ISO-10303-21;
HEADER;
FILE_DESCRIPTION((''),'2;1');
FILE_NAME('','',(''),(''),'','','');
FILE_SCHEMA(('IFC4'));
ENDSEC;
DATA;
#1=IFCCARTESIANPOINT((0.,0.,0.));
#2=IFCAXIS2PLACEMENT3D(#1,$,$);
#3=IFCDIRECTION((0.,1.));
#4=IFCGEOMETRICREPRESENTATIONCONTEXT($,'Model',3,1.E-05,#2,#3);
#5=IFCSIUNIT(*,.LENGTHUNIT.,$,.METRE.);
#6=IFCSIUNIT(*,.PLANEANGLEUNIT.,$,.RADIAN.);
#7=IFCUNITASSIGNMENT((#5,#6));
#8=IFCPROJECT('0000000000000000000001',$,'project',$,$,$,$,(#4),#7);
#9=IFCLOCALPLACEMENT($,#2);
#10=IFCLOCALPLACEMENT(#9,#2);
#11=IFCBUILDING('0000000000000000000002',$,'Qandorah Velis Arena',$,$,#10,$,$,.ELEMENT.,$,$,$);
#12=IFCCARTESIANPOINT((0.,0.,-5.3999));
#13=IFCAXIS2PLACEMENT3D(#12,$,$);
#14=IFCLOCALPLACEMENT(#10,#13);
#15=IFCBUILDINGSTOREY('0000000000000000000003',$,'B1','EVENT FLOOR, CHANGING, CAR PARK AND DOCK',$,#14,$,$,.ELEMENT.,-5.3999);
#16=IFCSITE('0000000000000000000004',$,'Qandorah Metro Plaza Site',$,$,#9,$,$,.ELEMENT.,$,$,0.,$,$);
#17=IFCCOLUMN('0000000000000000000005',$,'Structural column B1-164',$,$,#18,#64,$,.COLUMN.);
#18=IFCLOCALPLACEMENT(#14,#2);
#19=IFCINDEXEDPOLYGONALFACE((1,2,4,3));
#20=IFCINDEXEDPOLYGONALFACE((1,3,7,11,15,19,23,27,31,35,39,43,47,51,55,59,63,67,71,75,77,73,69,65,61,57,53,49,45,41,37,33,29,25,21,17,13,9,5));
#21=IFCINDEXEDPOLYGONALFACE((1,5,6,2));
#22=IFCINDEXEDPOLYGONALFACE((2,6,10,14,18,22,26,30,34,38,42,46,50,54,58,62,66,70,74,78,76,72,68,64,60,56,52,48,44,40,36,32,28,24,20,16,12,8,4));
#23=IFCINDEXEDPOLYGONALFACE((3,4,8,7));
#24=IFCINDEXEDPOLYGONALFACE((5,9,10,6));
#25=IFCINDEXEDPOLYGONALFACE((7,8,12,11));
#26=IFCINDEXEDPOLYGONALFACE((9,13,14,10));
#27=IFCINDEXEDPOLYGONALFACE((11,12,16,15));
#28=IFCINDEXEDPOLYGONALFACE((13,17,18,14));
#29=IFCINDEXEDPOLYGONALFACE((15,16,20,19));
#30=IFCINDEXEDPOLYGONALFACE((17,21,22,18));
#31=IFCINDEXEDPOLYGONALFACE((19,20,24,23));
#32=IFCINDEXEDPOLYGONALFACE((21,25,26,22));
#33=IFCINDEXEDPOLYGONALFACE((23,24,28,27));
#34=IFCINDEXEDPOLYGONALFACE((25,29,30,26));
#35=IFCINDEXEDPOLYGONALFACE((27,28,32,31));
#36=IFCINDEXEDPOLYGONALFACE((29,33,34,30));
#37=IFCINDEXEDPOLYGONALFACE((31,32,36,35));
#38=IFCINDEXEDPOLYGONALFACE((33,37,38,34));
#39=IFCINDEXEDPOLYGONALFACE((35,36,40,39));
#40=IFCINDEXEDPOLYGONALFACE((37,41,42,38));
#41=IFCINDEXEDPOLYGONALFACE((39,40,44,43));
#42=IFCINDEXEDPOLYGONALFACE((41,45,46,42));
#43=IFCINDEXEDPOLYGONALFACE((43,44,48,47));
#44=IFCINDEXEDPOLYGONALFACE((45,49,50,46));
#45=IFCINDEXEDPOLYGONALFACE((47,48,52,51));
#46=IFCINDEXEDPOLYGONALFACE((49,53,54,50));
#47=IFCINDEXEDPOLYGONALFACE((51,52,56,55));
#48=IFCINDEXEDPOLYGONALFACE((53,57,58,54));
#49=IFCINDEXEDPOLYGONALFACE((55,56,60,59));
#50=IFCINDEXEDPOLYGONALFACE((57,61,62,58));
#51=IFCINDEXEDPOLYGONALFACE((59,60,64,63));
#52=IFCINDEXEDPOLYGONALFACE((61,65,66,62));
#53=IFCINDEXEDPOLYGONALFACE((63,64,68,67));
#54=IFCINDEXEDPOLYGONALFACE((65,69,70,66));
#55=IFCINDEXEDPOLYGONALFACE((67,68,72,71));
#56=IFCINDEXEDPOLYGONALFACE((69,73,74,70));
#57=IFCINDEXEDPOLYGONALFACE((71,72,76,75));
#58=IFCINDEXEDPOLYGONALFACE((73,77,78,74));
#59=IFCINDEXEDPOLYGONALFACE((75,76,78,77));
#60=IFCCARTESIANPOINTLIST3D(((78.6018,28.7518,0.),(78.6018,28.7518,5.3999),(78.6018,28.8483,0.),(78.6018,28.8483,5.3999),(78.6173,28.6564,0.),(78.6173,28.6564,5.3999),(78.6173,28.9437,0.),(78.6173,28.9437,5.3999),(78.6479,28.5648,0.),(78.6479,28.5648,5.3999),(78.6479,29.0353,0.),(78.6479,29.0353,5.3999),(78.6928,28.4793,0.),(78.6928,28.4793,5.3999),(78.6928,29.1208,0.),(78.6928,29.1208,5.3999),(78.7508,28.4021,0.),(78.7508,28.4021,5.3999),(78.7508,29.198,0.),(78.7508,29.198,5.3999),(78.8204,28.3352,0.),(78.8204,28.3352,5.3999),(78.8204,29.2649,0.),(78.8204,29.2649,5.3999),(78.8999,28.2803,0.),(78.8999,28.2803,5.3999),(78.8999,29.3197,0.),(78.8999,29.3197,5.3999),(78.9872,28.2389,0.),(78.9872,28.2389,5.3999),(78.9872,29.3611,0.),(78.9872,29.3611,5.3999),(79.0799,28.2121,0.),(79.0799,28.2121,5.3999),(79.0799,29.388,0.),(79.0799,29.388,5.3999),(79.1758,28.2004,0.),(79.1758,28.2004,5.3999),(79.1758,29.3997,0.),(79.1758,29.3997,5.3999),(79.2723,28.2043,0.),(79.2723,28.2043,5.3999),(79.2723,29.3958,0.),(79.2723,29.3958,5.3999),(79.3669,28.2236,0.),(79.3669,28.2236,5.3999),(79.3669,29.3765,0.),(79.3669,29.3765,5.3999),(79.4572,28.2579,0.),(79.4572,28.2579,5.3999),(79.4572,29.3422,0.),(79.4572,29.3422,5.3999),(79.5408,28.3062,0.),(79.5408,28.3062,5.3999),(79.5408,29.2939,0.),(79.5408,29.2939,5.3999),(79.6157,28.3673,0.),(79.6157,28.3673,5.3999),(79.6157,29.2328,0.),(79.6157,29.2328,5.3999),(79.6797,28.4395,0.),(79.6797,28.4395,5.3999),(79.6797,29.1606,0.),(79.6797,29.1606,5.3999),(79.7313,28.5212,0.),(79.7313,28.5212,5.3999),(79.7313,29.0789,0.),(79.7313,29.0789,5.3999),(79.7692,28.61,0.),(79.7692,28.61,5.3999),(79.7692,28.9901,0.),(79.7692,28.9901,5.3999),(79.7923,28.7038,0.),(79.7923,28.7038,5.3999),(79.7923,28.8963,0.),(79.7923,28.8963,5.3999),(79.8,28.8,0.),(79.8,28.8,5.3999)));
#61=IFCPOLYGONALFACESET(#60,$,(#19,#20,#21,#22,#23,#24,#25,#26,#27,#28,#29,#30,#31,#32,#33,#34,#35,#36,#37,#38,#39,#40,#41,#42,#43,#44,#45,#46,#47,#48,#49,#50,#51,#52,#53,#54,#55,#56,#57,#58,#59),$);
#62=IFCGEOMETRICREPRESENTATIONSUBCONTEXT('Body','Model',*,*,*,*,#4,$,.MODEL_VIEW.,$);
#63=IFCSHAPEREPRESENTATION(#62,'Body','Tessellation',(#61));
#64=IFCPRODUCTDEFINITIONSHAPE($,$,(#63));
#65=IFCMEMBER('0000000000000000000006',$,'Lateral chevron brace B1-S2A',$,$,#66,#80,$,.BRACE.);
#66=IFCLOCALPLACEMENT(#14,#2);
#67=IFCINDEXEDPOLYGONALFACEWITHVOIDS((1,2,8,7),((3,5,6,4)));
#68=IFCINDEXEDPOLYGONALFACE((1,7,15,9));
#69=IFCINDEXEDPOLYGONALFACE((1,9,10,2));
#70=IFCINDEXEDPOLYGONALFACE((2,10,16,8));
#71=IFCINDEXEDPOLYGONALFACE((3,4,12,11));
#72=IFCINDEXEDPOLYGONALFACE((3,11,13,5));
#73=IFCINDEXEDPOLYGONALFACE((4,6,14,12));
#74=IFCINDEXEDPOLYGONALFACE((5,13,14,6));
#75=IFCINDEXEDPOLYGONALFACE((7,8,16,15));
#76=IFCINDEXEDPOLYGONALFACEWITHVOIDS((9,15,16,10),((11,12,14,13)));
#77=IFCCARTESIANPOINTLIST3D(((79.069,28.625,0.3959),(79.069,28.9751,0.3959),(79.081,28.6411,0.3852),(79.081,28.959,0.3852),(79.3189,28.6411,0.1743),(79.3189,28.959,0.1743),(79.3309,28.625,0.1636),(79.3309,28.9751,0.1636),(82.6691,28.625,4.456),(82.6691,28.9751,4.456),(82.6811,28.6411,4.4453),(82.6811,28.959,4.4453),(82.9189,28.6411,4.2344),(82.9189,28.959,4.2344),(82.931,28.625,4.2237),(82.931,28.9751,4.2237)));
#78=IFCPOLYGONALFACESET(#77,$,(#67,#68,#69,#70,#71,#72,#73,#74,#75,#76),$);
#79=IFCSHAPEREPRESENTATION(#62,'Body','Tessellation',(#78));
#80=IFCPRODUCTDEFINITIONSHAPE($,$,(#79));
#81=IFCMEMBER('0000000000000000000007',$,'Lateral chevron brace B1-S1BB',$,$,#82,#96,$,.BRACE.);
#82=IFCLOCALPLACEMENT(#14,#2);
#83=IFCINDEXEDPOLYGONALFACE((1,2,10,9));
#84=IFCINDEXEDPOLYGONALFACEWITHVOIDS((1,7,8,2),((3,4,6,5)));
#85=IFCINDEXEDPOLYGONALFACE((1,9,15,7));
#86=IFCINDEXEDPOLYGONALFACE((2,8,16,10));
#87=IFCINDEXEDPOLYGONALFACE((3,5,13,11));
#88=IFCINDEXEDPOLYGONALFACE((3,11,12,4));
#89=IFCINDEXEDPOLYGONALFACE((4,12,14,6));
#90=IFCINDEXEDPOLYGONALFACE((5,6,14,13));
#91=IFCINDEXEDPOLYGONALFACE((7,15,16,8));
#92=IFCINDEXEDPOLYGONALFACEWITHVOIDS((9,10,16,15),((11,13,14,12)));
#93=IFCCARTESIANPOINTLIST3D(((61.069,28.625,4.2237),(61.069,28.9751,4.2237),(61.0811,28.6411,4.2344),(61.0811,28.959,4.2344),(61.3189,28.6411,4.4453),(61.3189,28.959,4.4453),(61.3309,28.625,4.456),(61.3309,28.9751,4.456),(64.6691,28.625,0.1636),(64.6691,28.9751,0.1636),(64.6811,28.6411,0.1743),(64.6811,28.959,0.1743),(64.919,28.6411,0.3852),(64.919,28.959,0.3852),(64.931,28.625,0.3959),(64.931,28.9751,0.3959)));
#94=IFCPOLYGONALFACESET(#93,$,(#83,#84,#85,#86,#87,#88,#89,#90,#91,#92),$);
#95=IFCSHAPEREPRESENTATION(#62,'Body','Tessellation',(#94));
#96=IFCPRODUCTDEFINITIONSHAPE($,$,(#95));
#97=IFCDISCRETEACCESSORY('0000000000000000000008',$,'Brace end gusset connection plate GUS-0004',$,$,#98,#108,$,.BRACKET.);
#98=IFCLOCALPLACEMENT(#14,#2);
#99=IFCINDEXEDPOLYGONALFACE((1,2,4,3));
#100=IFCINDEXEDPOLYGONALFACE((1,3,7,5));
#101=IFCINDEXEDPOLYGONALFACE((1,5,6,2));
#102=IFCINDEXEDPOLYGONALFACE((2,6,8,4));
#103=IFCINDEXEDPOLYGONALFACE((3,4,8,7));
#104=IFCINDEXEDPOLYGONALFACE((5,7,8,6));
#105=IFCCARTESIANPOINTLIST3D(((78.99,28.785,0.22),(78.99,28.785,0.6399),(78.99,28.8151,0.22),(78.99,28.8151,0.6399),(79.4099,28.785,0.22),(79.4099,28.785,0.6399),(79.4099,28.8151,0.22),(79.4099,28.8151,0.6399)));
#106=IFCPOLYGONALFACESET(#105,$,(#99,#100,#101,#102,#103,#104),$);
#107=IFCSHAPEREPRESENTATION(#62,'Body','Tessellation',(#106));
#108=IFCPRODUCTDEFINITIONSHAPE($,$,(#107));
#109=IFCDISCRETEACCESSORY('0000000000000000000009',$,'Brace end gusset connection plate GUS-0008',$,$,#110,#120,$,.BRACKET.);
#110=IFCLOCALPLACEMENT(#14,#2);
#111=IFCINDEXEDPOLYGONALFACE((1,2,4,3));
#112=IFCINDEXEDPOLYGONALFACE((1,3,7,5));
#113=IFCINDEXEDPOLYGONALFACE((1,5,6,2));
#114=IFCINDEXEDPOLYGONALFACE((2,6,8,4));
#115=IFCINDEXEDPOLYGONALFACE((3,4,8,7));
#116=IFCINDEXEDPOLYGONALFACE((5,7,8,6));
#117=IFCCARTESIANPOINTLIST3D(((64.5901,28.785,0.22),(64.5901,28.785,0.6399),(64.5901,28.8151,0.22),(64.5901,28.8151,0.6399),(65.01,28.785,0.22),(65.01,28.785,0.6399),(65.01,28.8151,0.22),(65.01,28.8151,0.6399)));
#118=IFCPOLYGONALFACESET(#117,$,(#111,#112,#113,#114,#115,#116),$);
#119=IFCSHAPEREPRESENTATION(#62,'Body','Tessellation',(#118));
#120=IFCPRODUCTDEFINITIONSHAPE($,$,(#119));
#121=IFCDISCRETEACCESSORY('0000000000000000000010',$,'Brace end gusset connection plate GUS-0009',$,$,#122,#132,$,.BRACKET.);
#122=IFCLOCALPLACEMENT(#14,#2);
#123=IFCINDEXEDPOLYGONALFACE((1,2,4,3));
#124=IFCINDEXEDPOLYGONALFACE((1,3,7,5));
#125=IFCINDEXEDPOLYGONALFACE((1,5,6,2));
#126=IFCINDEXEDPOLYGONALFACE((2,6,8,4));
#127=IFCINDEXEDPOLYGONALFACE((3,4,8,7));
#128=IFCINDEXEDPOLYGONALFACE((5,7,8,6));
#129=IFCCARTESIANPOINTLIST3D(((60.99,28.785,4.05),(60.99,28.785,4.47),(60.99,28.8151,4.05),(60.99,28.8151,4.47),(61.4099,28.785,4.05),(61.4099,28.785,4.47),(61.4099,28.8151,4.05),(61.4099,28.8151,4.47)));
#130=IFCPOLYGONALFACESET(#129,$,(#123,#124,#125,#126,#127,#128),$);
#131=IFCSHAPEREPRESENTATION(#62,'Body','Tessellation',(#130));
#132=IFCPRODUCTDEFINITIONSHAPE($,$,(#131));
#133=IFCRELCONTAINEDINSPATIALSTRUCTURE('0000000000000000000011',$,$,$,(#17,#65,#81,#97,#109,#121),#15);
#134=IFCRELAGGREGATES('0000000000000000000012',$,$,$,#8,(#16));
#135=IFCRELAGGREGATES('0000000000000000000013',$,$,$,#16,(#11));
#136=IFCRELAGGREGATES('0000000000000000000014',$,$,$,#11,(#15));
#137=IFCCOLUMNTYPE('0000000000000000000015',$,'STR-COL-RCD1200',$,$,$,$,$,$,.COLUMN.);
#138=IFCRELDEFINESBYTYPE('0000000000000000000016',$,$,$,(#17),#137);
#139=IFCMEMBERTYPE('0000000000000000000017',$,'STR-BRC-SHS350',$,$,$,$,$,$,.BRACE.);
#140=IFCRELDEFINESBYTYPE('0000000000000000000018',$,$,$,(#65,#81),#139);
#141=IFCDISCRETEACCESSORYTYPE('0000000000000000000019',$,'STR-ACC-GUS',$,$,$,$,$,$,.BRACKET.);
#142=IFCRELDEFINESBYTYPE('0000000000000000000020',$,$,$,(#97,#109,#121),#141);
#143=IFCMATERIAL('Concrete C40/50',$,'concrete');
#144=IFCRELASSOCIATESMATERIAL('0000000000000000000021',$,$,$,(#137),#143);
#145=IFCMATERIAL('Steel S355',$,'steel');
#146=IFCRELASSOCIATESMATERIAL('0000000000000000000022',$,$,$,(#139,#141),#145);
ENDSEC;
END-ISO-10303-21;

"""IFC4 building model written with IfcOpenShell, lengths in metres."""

from ifc_helpers import new_model, si_unit, direction, frame, origin, origin_2d, place, context, subcontext, project, spatial, rectangle, hollow_rectangle, circle, extrude, material, material_profile, profile_set, type_object, element, save


model = new_model("IFC4")

# Units and contexts
model_context = context("Model", 3, precision=1e-05, world=origin(), true_north=direction((0.0, 1.0)))
body_context = subcontext(model_context, "Body", "Model", "MODEL_VIEW")
ifc_project = project(units=[si_unit("LENGTHUNIT", "METRE"), si_unit("PLANEANGLEUNIT", "RADIAN")], contexts=[model_context])

# Site, building, storey
site_placement = place(None, origin())
site = spatial("IfcSite", under=ifc_project, at=site_placement, Name="Qandorah Metro Plaza Site", CompositionType="ELEMENT", RefElevation=0.0)
building_placement = place(site_placement, origin())
building = spatial("IfcBuilding", under=site, at=building_placement, Name="Qandorah Velis Arena", CompositionType="ELEMENT")
storey_placement = place(building_placement, frame((0.0, 0.0, -5.3999)))
storey = spatial("IfcBuildingStorey", under=building, at=storey_placement, Name="B1", Description="EVENT FLOOR, CHANGING, CAR PARK AND DOCK", CompositionType="ELEMENT", Elevation=-5.3999)

# Shared definitions
ifc_material_1 = material(Name="Concrete C40/50", Category="concrete")

# Column
ifc_material_profile_1 = material_profile(ifc_material_1, circle(Radius=0.6001, at=origin_2d()), Name="RC D1200")
ifc_profile_set_1 = profile_set([ifc_material_profile_1], Name="Concrete C40/50")
column_type_1 = type_object("IfcColumnType", Name="STR-COL-RCD1200", PredefinedType="COLUMN", material=ifc_profile_set_1)
for number, where, z_axis, x_axis, name in (
    (1, (79.2, 28.8, 0.0), (0.0, 0.0, 1.0), (1.0, 0.0, 0.0), "Structural column B1-164"),
):
    element("IfcColumn", number, at=place(storey_placement, frame(where, z_axis=z_axis, x_axis=x_axis)), inside=storey, type_object=column_type_1, Name=name, PredefinedType="COLUMN", context=body_context, shape_type="SweptSolid", body=[
        extrude(circle(Radius=0.6001, at=origin_2d()), origin(), (0.0, 0.0, 1.0), 5.3999),
    ])

# Members
ifc_material_2 = material(Name="Steel S355", Category="steel")
ifc_material_profile_2 = material_profile(ifc_material_2, hollow_rectangle(XDim=0.3501, YDim=0.3501, WallThickness=0.0161, at=origin_2d()), Name="SHS 350x350x16")
ifc_profile_set_2 = profile_set([ifc_material_profile_2], Name="Steel S355")
member_type = type_object("IfcMemberType", Name="STR-BRC-SHS350", PredefinedType="BRACE", material=ifc_profile_set_2)
for number, where, z_axis, x_axis, name in (
    (2, (79.2, 28.8, 0.2798), (0.663453, 0.0, 0.748218), (0.0, 1.0, 0.0), "Lateral chevron brace B1-S2A"),
    (3, (64.8, 28.8, 0.2798), (-0.663453, 0.0, 0.748218), (0.0, -1.0, 0.0), "Lateral chevron brace B1-S1BB"),
):
    element("IfcMember", number, at=place(storey_placement, frame(where, z_axis=z_axis, x_axis=x_axis)), inside=storey, type_object=member_type, Name=name, PredefinedType="BRACE", context=body_context, shape_type="SweptSolid", body=[
        extrude(hollow_rectangle(XDim=0.3501, YDim=0.3501, WallThickness=0.0161, at=origin_2d()), origin(), (0.0, 0.0, 1.0), 5.4263),
    ])

# Discrete accessories
discrete_accessory_type = type_object("IfcDiscreteAccessoryType", Name="STR-ACC-GUS", PredefinedType="BRACKET", material=ifc_material_2)
for number, where, z_axis, x_axis, name in (
    (4, (79.2, 28.8, 0.22), (0.0, 0.0, 1.0), (1.0, 0.0, 0.0), "Brace end gusset connection plate GUS-0004"),
    (5, (64.8, 28.8, 0.22), (0.0, 0.0, 1.0), (1.0, 0.0, 0.0), "Brace end gusset connection plate GUS-0008"),
    (6, (61.2, 28.8, 4.05), (0.0, 0.0, 1.0), (1.0, 0.0, 0.0), "Brace end gusset connection plate GUS-0009"),
):
    element("IfcDiscreteAccessory", number, at=place(storey_placement, frame(where, z_axis=z_axis, x_axis=x_axis)), inside=storey, type_object=discrete_accessory_type, Name=name, PredefinedType="BRACKET", context=body_context, shape_type="SweptSolid", body=[
        extrude(rectangle(XDim=0.4199, YDim=0.03, at=origin_2d()), origin(), (0.0, 0.0, 1.0), 0.4199),
    ])

save(model, "model.ifc")
